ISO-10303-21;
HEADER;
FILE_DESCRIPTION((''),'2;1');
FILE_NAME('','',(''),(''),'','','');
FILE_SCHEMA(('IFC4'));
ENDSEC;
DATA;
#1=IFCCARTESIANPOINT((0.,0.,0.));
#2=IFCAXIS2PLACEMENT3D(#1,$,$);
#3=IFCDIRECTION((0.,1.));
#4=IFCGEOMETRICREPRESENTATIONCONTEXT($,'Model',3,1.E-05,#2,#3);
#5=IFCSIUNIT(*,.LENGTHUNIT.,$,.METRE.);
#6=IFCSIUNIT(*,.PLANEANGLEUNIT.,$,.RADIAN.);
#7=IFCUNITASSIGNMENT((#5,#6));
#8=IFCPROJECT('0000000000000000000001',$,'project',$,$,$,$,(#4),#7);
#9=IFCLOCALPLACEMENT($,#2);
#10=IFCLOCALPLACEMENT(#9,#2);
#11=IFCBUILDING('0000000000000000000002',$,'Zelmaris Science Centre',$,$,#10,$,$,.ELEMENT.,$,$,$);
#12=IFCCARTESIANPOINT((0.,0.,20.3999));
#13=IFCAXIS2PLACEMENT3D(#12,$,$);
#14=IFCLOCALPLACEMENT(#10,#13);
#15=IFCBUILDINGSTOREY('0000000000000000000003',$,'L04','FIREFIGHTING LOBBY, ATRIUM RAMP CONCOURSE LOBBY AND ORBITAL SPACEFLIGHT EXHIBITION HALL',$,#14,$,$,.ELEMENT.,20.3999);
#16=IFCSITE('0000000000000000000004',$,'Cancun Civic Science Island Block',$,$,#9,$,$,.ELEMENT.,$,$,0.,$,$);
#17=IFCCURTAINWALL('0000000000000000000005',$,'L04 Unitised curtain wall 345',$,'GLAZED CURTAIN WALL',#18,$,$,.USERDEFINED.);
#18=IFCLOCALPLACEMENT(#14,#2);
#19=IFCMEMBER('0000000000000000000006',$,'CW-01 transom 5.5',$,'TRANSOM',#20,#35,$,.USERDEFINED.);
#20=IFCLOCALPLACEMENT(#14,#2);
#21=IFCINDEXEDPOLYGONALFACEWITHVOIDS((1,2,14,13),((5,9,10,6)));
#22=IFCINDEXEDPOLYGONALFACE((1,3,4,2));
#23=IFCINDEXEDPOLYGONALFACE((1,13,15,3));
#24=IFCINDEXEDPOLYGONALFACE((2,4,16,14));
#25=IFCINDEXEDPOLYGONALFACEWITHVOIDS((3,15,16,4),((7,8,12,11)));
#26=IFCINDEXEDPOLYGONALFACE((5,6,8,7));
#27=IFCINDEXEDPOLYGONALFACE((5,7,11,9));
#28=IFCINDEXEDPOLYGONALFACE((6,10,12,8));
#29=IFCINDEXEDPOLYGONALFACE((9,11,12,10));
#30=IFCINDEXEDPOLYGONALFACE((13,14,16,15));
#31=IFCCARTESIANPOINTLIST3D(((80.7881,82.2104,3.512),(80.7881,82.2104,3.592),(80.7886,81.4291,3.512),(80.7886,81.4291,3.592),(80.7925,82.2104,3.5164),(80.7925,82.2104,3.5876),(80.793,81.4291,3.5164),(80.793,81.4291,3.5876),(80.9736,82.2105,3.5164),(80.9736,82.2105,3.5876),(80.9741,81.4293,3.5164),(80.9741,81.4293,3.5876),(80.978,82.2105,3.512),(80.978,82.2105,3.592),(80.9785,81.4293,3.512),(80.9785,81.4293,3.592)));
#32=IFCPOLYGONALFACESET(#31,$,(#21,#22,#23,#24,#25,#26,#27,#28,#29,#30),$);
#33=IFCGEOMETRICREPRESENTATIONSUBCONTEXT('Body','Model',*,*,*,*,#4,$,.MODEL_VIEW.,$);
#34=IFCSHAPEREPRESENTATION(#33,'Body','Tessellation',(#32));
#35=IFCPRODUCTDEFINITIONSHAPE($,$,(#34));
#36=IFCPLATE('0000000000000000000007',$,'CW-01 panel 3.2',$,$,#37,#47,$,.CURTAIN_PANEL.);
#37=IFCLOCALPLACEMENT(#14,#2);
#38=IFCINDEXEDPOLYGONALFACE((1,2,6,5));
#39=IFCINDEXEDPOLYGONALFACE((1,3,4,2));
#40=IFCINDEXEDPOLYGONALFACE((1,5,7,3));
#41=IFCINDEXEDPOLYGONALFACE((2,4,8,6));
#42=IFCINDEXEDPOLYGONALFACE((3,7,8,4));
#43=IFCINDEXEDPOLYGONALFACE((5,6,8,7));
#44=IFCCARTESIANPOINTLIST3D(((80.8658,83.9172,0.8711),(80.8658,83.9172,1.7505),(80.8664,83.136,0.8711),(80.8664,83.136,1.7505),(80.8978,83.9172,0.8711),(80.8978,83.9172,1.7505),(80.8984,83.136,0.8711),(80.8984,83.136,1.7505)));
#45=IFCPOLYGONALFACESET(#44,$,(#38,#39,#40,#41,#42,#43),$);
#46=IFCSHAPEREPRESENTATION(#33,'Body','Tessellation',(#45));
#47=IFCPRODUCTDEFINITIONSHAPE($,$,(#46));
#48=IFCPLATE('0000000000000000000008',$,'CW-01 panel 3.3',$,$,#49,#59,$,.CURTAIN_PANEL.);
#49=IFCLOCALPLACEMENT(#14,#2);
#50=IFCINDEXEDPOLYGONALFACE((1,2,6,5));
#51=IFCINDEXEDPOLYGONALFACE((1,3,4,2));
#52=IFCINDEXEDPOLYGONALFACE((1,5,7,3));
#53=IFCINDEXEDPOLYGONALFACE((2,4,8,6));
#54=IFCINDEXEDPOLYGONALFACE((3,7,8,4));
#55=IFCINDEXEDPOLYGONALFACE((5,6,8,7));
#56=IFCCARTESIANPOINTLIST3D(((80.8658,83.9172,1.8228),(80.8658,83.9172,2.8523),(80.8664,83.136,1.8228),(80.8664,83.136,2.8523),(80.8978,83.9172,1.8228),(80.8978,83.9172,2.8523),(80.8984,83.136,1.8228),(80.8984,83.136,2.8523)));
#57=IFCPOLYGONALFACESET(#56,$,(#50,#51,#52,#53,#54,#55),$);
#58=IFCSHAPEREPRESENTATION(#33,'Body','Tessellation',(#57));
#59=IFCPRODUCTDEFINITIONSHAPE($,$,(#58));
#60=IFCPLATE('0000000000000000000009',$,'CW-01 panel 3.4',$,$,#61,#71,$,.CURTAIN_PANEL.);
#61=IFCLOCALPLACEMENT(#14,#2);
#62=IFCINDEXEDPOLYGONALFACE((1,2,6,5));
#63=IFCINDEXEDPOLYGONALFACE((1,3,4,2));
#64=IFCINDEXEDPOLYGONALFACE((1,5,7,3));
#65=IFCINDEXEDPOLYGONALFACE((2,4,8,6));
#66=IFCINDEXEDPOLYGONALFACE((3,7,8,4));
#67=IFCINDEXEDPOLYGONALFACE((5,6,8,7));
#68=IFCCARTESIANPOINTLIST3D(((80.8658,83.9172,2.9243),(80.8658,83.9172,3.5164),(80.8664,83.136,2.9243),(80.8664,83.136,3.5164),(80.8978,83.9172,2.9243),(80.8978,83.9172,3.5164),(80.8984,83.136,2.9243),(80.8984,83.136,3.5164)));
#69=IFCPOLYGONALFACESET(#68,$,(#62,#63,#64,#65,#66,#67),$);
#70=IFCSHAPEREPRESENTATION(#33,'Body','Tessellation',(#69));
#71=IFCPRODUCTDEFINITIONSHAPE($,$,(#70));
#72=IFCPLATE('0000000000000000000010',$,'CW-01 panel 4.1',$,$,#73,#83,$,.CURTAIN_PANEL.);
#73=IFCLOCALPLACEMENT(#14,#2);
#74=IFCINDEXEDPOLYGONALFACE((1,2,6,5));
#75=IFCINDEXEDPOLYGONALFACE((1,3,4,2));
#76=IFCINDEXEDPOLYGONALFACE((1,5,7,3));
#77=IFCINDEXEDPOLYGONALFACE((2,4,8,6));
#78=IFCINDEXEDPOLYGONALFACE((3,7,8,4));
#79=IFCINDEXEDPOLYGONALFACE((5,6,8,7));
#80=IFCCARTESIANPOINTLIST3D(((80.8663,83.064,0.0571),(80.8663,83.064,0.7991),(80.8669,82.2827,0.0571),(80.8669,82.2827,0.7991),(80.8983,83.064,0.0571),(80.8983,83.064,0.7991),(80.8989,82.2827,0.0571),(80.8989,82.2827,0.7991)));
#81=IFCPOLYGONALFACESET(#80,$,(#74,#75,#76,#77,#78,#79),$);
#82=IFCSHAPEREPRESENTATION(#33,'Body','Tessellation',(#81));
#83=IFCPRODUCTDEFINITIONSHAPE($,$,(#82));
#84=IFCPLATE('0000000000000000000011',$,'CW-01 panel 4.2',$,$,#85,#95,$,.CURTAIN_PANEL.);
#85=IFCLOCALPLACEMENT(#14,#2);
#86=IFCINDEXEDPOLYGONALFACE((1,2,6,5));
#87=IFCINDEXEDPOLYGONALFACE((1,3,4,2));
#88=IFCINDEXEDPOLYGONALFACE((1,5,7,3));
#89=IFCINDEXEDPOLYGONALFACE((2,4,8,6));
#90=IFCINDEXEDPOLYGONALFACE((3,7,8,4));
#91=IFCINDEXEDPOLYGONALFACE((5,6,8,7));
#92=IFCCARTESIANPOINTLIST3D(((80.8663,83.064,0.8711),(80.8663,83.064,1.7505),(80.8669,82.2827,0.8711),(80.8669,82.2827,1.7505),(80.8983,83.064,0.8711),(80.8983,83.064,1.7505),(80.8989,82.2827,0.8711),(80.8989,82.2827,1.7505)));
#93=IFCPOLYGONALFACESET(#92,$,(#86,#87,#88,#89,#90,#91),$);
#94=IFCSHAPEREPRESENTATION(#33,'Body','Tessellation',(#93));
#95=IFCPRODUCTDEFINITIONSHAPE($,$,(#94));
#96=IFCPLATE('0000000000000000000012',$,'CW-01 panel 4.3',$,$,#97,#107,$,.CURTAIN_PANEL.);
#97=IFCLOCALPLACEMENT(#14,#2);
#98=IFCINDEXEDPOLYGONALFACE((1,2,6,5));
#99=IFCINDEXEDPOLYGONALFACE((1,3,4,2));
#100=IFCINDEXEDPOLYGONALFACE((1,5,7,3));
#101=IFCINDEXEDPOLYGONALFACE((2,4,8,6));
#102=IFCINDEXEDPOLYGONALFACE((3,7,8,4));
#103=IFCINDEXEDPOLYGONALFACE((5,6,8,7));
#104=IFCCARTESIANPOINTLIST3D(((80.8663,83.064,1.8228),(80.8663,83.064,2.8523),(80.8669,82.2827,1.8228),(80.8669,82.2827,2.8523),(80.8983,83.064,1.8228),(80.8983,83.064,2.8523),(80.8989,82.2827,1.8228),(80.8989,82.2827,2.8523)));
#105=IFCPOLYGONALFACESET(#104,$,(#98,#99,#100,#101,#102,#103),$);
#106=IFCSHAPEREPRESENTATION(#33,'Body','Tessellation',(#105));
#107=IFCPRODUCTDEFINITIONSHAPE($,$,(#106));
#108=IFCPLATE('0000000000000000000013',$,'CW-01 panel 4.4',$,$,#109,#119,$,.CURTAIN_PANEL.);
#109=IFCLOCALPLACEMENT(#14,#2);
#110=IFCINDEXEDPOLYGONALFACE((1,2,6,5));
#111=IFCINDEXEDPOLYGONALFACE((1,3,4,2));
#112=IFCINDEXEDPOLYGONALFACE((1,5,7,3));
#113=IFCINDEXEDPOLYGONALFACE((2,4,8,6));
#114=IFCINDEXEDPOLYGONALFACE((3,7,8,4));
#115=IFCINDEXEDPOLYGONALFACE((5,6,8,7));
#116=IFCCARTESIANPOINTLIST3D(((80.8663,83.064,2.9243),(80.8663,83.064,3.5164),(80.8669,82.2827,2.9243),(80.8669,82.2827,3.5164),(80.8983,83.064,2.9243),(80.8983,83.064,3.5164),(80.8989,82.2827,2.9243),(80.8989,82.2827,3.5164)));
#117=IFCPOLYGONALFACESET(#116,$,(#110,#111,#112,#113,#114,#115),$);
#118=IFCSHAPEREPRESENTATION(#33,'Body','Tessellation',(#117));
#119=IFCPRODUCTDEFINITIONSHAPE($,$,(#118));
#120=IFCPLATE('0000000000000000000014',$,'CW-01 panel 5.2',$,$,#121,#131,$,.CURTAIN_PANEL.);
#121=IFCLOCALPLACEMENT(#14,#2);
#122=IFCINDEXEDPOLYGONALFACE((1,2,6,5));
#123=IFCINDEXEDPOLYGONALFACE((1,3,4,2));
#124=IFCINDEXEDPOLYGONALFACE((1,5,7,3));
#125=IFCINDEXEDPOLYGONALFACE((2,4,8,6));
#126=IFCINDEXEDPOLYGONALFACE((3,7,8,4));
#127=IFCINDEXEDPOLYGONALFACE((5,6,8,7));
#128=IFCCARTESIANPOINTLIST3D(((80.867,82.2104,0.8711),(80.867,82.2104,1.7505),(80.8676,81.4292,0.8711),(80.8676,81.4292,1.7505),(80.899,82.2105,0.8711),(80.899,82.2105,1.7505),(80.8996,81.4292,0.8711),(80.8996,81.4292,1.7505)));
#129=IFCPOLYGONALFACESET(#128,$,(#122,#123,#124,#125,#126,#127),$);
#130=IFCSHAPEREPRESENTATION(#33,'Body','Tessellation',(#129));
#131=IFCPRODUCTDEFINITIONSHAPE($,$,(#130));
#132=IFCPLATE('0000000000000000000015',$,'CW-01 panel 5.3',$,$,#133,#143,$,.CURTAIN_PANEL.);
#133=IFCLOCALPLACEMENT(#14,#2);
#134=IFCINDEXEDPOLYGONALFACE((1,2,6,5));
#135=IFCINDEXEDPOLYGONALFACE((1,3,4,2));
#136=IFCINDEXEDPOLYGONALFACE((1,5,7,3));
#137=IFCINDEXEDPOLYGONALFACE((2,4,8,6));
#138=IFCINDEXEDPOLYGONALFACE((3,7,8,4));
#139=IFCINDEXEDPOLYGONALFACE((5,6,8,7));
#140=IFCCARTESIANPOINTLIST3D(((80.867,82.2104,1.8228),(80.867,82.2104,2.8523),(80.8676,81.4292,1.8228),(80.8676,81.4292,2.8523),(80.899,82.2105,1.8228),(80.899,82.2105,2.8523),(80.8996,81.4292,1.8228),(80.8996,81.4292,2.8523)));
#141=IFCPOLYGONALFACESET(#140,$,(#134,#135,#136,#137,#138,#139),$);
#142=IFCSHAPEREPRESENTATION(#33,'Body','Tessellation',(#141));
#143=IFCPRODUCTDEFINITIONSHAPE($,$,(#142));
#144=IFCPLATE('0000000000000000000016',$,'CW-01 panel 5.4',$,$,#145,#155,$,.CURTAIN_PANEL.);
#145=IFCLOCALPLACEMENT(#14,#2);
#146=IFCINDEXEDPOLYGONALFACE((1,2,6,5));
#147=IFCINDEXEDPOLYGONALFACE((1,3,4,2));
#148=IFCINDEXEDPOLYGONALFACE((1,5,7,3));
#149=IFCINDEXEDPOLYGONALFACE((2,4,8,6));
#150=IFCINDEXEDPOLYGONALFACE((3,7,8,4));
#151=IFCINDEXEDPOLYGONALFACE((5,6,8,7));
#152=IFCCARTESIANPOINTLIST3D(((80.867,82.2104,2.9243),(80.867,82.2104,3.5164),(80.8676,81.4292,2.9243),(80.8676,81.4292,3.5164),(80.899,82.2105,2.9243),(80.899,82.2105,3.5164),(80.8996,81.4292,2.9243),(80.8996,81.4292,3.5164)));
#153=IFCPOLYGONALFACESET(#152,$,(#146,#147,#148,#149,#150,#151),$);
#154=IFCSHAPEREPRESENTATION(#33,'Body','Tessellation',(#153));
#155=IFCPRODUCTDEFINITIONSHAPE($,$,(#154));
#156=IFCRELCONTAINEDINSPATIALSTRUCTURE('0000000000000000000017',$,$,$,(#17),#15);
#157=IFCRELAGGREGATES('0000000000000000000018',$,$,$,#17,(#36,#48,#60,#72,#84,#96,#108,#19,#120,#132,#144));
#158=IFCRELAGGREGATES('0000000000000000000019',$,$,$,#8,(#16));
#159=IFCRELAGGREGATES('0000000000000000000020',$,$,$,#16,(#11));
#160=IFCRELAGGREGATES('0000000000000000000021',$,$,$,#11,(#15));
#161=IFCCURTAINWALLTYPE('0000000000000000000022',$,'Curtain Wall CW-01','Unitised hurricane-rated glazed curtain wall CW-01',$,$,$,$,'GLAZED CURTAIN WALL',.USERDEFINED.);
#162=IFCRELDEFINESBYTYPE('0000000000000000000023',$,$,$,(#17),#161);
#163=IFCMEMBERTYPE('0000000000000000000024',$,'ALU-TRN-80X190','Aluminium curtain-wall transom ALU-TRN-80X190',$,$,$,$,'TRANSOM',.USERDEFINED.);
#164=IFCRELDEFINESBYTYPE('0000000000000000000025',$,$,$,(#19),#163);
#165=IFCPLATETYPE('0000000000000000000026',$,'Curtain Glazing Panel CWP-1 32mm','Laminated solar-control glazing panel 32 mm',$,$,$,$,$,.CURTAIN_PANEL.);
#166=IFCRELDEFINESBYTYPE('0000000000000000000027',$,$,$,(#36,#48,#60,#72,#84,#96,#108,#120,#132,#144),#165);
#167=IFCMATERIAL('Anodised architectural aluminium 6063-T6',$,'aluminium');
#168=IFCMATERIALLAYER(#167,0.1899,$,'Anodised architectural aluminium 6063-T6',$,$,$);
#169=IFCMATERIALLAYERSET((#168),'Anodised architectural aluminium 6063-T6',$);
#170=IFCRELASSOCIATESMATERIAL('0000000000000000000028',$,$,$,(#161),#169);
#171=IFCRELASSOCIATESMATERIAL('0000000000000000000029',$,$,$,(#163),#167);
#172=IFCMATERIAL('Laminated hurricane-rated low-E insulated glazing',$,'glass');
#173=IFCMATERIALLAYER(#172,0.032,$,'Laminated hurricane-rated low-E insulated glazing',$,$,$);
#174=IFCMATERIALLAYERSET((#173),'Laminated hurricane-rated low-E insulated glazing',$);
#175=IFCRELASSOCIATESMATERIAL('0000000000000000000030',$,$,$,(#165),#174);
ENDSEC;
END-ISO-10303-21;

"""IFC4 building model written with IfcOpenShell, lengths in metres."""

from ifc_helpers import new_model, si_unit, direction, frame, origin, origin_2d, place, context, subcontext, project, spatial, rectangle, hollow_rectangle, extrude, material, layer, layer_set, material_profile, profile_set, type_object, element, aggregate, save


model = new_model("IFC4")

# Units and contexts
model_context = context("Model", 3, precision=1e-05, world=origin(), true_north=direction((0.0, 1.0)))
body_context = subcontext(model_context, "Body", "Model", "MODEL_VIEW")
ifc_project = project(units=[si_unit("LENGTHUNIT", "METRE"), si_unit("PLANEANGLEUNIT", "RADIAN")], contexts=[model_context])

# Site, building, storey
site_placement = place(None, origin())
site = spatial("IfcSite", under=ifc_project, at=site_placement, Name="Cancun Civic Science Island Block", CompositionType="ELEMENT", RefElevation=0.0)
building_placement = place(site_placement, origin())
building = spatial("IfcBuilding", under=site, at=building_placement, Name="Zelmaris Science Centre", CompositionType="ELEMENT")
storey_placement = place(building_placement, frame((0.0, 0.0, 20.3999)))
storey = spatial("IfcBuildingStorey", under=building, at=storey_placement, Name="L04", Description="FIREFIGHTING LOBBY, ATRIUM RAMP CONCOURSE LOBBY AND ORBITAL SPACEFLIGHT EXHIBITION HALL", CompositionType="ELEMENT", Elevation=20.3999)

# Curtain wall, member, plates
ifc_material_1 = material(Name="Anodised architectural aluminium 6063-T6", Category="aluminium")
ifc_layer_1 = layer(ifc_material_1, 0.1899, Name="Anodised architectural aluminium 6063-T6")
ifc_layer_set_1 = layer_set([ifc_layer_1], Name="Anodised architectural aluminium 6063-T6")
curtain_wall_type = type_object("IfcCurtainWallType", Name="Curtain Wall CW-01", Description="Unitised hurricane-rated glazed curtain wall CW-01", ElementType="GLAZED CURTAIN WALL", PredefinedType="USERDEFINED", material=ifc_layer_set_1)
curtain_wall_placement = place(storey_placement, origin())
curtain_wall = element("IfcCurtainWall", 1, at=curtain_wall_placement, inside=storey, type_object=curtain_wall_type, Name="L04 Unitised curtain wall 345", ObjectType="GLAZED CURTAIN WALL", PredefinedType="USERDEFINED")
ifc_material_profile_1 = material_profile(ifc_material_1, hollow_rectangle(XDim=0.0801, YDim=0.1899, WallThickness=0.0044, at=origin_2d()), Name="ALU-TRN-80X190")
ifc_profile_set_1 = profile_set([ifc_material_profile_1], Name="Anodised architectural aluminium 6063-T6")
member_type_1 = type_object("IfcMemberType", Name="ALU-TRN-80X190", Description="Aluminium curtain-wall transom ALU-TRN-80X190", ElementType="TRANSOM", PredefinedType="USERDEFINED", material=ifc_profile_set_1)
member_1_placement = place(storey_placement, frame((80.8831, 82.2104, 3.552), z_axis=(0.000625, -1.0, 0.0), x_axis=(0.0, 0.0, 1.0)))
member_1 = element("IfcMember", 2, at=member_1_placement, type_object=member_type_1, Name="CW-01 transom 5.5", ObjectType="TRANSOM", PredefinedType="USERDEFINED", context=body_context, shape_type="SweptSolid", body=[
    extrude(hollow_rectangle(XDim=0.0801, YDim=0.1899, WallThickness=0.0044, at=origin_2d()), origin(), (0.0, 0.0, 1.0), 0.7812),
])
ifc_material_2 = material(Name="Laminated hurricane-rated low-E insulated glazing", Category="glass")
ifc_layer_2 = layer(ifc_material_2, 0.032, Name="Laminated hurricane-rated low-E insulated glazing")
ifc_layer_set_2 = layer_set([ifc_layer_2], Name="Laminated hurricane-rated low-E insulated glazing")
plate_type = type_object("IfcPlateType", Name="Curtain Glazing Panel CWP-1 32mm", Description="Laminated solar-control glazing panel 32 mm", PredefinedType="CURTAIN_PANEL", material=ifc_layer_set_2)
plate_1_placement = place(storey_placement, frame((80.8821, 83.5266, 0.8711), z_axis=(0.0, 0.0, 1.0), x_axis=(0.000781, -1.0, 0.0)))
plate_1 = element("IfcPlate", 3, at=plate_1_placement, type_object=plate_type, Name="CW-01 panel 3.2", PredefinedType="CURTAIN_PANEL", context=body_context, shape_type="SweptSolid", body=[
    extrude(rectangle(XDim=0.7812, YDim=0.032, at=origin_2d()), origin(), (0.0, 0.0, 1.0), 0.8794),
])
plate_2_placement = place(storey_placement, frame((80.8821, 83.5266, 1.8228), z_axis=(0.0, 0.0, 1.0), x_axis=(0.000781, -1.0, 0.0)))
plate_2 = element("IfcPlate", 4, at=plate_2_placement, type_object=plate_type, Name="CW-01 panel 3.3", PredefinedType="CURTAIN_PANEL", context=body_context, shape_type="SweptSolid", body=[
    extrude(rectangle(XDim=0.7812, YDim=0.032, at=origin_2d()), origin(), (0.0, 0.0, 1.0), 1.0295),
])
plate_3_placement = place(storey_placement, frame((80.8821, 83.5266, 2.9243), z_axis=(0.0, 0.0, 1.0), x_axis=(0.000781, -1.0, 0.0)))
plate_3 = element("IfcPlate", 5, at=plate_3_placement, type_object=plate_type, Name="CW-01 panel 3.4", PredefinedType="CURTAIN_PANEL", context=body_context, shape_type="SweptSolid", body=[
    extrude(rectangle(XDim=0.7812, YDim=0.032, at=origin_2d()), origin(), (0.0, 0.0, 1.0), 0.592),
])
plate_4_placement = place(storey_placement, frame((80.8826, 82.6733, 0.0571), z_axis=(0.0, 0.0, 1.0), x_axis=(0.000781, -1.0, 0.0)))
plate_4 = element("IfcPlate", 6, at=plate_4_placement, type_object=plate_type, Name="CW-01 panel 4.1", PredefinedType="CURTAIN_PANEL", context=body_context, shape_type="SweptSolid", body=[
    extrude(rectangle(XDim=0.7812, YDim=0.032, at=origin_2d()), origin(), (0.0, 0.0, 1.0), 0.7419),
])
plate_5_placement = place(storey_placement, frame((80.8826, 82.6733, 0.8711), z_axis=(0.0, 0.0, 1.0), x_axis=(0.000781, -1.0, 0.0)))
plate_5 = element("IfcPlate", 7, at=plate_5_placement, type_object=plate_type, Name="CW-01 panel 4.2", PredefinedType="CURTAIN_PANEL", context=body_context, shape_type="SweptSolid", body=[
    extrude(rectangle(XDim=0.7812, YDim=0.032, at=origin_2d()), origin(), (0.0, 0.0, 1.0), 0.8794),
])
plate_6_placement = place(storey_placement, frame((80.8826, 82.6733, 1.8228), z_axis=(0.0, 0.0, 1.0), x_axis=(0.000781, -1.0, 0.0)))
plate_6 = element("IfcPlate", 8, at=plate_6_placement, type_object=plate_type, Name="CW-01 panel 4.3", PredefinedType="CURTAIN_PANEL", context=body_context, shape_type="SweptSolid", body=[
    extrude(rectangle(XDim=0.7812, YDim=0.032, at=origin_2d()), origin(), (0.0, 0.0, 1.0), 1.0295),
])
plate_7_placement = place(storey_placement, frame((80.8826, 82.6733, 2.9243), z_axis=(0.0, 0.0, 1.0), x_axis=(0.000781, -1.0, 0.0)))
plate_7 = element("IfcPlate", 9, at=plate_7_placement, type_object=plate_type, Name="CW-01 panel 4.4", PredefinedType="CURTAIN_PANEL", context=body_context, shape_type="SweptSolid", body=[
    extrude(rectangle(XDim=0.7812, YDim=0.032, at=origin_2d()), origin(), (0.0, 0.0, 1.0), 0.592),
])
plate_8_placement = place(storey_placement, frame((80.8833, 81.8198, 0.8711), z_axis=(0.0, 0.0, 1.0), x_axis=(0.000781, -1.0, 0.0)))
plate_8 = element("IfcPlate", 10, at=plate_8_placement, type_object=plate_type, Name="CW-01 panel 5.2", PredefinedType="CURTAIN_PANEL", context=body_context, shape_type="SweptSolid", body=[
    extrude(rectangle(XDim=0.7812, YDim=0.032, at=origin_2d()), origin(), (0.0, 0.0, 1.0), 0.8794),
])
plate_9_placement = place(storey_placement, frame((80.8833, 81.8198, 1.8228), z_axis=(0.0, 0.0, 1.0), x_axis=(0.000781, -1.0, 0.0)))
plate_9 = element("IfcPlate", 11, at=plate_9_placement, type_object=plate_type, Name="CW-01 panel 5.3", PredefinedType="CURTAIN_PANEL", context=body_context, shape_type="SweptSolid", body=[
    extrude(rectangle(XDim=0.7812, YDim=0.032, at=origin_2d()), origin(), (0.0, 0.0, 1.0), 1.0295),
])
plate_10_placement = place(storey_placement, frame((80.8833, 81.8198, 2.9243), z_axis=(0.0, 0.0, 1.0), x_axis=(0.000781, -1.0, 0.0)))
plate_10 = element("IfcPlate", 12, at=plate_10_placement, type_object=plate_type, Name="CW-01 panel 5.4", PredefinedType="CURTAIN_PANEL", context=body_context, shape_type="SweptSolid", body=[
    extrude(rectangle(XDim=0.7812, YDim=0.032, at=origin_2d()), origin(), (0.0, 0.0, 1.0), 0.592),
])
aggregate(curtain_wall, [plate_1, plate_2, plate_3, plate_4, plate_5, plate_6, plate_7, member_1, plate_8, plate_9, plate_10])

save(model, "model.ifc")
